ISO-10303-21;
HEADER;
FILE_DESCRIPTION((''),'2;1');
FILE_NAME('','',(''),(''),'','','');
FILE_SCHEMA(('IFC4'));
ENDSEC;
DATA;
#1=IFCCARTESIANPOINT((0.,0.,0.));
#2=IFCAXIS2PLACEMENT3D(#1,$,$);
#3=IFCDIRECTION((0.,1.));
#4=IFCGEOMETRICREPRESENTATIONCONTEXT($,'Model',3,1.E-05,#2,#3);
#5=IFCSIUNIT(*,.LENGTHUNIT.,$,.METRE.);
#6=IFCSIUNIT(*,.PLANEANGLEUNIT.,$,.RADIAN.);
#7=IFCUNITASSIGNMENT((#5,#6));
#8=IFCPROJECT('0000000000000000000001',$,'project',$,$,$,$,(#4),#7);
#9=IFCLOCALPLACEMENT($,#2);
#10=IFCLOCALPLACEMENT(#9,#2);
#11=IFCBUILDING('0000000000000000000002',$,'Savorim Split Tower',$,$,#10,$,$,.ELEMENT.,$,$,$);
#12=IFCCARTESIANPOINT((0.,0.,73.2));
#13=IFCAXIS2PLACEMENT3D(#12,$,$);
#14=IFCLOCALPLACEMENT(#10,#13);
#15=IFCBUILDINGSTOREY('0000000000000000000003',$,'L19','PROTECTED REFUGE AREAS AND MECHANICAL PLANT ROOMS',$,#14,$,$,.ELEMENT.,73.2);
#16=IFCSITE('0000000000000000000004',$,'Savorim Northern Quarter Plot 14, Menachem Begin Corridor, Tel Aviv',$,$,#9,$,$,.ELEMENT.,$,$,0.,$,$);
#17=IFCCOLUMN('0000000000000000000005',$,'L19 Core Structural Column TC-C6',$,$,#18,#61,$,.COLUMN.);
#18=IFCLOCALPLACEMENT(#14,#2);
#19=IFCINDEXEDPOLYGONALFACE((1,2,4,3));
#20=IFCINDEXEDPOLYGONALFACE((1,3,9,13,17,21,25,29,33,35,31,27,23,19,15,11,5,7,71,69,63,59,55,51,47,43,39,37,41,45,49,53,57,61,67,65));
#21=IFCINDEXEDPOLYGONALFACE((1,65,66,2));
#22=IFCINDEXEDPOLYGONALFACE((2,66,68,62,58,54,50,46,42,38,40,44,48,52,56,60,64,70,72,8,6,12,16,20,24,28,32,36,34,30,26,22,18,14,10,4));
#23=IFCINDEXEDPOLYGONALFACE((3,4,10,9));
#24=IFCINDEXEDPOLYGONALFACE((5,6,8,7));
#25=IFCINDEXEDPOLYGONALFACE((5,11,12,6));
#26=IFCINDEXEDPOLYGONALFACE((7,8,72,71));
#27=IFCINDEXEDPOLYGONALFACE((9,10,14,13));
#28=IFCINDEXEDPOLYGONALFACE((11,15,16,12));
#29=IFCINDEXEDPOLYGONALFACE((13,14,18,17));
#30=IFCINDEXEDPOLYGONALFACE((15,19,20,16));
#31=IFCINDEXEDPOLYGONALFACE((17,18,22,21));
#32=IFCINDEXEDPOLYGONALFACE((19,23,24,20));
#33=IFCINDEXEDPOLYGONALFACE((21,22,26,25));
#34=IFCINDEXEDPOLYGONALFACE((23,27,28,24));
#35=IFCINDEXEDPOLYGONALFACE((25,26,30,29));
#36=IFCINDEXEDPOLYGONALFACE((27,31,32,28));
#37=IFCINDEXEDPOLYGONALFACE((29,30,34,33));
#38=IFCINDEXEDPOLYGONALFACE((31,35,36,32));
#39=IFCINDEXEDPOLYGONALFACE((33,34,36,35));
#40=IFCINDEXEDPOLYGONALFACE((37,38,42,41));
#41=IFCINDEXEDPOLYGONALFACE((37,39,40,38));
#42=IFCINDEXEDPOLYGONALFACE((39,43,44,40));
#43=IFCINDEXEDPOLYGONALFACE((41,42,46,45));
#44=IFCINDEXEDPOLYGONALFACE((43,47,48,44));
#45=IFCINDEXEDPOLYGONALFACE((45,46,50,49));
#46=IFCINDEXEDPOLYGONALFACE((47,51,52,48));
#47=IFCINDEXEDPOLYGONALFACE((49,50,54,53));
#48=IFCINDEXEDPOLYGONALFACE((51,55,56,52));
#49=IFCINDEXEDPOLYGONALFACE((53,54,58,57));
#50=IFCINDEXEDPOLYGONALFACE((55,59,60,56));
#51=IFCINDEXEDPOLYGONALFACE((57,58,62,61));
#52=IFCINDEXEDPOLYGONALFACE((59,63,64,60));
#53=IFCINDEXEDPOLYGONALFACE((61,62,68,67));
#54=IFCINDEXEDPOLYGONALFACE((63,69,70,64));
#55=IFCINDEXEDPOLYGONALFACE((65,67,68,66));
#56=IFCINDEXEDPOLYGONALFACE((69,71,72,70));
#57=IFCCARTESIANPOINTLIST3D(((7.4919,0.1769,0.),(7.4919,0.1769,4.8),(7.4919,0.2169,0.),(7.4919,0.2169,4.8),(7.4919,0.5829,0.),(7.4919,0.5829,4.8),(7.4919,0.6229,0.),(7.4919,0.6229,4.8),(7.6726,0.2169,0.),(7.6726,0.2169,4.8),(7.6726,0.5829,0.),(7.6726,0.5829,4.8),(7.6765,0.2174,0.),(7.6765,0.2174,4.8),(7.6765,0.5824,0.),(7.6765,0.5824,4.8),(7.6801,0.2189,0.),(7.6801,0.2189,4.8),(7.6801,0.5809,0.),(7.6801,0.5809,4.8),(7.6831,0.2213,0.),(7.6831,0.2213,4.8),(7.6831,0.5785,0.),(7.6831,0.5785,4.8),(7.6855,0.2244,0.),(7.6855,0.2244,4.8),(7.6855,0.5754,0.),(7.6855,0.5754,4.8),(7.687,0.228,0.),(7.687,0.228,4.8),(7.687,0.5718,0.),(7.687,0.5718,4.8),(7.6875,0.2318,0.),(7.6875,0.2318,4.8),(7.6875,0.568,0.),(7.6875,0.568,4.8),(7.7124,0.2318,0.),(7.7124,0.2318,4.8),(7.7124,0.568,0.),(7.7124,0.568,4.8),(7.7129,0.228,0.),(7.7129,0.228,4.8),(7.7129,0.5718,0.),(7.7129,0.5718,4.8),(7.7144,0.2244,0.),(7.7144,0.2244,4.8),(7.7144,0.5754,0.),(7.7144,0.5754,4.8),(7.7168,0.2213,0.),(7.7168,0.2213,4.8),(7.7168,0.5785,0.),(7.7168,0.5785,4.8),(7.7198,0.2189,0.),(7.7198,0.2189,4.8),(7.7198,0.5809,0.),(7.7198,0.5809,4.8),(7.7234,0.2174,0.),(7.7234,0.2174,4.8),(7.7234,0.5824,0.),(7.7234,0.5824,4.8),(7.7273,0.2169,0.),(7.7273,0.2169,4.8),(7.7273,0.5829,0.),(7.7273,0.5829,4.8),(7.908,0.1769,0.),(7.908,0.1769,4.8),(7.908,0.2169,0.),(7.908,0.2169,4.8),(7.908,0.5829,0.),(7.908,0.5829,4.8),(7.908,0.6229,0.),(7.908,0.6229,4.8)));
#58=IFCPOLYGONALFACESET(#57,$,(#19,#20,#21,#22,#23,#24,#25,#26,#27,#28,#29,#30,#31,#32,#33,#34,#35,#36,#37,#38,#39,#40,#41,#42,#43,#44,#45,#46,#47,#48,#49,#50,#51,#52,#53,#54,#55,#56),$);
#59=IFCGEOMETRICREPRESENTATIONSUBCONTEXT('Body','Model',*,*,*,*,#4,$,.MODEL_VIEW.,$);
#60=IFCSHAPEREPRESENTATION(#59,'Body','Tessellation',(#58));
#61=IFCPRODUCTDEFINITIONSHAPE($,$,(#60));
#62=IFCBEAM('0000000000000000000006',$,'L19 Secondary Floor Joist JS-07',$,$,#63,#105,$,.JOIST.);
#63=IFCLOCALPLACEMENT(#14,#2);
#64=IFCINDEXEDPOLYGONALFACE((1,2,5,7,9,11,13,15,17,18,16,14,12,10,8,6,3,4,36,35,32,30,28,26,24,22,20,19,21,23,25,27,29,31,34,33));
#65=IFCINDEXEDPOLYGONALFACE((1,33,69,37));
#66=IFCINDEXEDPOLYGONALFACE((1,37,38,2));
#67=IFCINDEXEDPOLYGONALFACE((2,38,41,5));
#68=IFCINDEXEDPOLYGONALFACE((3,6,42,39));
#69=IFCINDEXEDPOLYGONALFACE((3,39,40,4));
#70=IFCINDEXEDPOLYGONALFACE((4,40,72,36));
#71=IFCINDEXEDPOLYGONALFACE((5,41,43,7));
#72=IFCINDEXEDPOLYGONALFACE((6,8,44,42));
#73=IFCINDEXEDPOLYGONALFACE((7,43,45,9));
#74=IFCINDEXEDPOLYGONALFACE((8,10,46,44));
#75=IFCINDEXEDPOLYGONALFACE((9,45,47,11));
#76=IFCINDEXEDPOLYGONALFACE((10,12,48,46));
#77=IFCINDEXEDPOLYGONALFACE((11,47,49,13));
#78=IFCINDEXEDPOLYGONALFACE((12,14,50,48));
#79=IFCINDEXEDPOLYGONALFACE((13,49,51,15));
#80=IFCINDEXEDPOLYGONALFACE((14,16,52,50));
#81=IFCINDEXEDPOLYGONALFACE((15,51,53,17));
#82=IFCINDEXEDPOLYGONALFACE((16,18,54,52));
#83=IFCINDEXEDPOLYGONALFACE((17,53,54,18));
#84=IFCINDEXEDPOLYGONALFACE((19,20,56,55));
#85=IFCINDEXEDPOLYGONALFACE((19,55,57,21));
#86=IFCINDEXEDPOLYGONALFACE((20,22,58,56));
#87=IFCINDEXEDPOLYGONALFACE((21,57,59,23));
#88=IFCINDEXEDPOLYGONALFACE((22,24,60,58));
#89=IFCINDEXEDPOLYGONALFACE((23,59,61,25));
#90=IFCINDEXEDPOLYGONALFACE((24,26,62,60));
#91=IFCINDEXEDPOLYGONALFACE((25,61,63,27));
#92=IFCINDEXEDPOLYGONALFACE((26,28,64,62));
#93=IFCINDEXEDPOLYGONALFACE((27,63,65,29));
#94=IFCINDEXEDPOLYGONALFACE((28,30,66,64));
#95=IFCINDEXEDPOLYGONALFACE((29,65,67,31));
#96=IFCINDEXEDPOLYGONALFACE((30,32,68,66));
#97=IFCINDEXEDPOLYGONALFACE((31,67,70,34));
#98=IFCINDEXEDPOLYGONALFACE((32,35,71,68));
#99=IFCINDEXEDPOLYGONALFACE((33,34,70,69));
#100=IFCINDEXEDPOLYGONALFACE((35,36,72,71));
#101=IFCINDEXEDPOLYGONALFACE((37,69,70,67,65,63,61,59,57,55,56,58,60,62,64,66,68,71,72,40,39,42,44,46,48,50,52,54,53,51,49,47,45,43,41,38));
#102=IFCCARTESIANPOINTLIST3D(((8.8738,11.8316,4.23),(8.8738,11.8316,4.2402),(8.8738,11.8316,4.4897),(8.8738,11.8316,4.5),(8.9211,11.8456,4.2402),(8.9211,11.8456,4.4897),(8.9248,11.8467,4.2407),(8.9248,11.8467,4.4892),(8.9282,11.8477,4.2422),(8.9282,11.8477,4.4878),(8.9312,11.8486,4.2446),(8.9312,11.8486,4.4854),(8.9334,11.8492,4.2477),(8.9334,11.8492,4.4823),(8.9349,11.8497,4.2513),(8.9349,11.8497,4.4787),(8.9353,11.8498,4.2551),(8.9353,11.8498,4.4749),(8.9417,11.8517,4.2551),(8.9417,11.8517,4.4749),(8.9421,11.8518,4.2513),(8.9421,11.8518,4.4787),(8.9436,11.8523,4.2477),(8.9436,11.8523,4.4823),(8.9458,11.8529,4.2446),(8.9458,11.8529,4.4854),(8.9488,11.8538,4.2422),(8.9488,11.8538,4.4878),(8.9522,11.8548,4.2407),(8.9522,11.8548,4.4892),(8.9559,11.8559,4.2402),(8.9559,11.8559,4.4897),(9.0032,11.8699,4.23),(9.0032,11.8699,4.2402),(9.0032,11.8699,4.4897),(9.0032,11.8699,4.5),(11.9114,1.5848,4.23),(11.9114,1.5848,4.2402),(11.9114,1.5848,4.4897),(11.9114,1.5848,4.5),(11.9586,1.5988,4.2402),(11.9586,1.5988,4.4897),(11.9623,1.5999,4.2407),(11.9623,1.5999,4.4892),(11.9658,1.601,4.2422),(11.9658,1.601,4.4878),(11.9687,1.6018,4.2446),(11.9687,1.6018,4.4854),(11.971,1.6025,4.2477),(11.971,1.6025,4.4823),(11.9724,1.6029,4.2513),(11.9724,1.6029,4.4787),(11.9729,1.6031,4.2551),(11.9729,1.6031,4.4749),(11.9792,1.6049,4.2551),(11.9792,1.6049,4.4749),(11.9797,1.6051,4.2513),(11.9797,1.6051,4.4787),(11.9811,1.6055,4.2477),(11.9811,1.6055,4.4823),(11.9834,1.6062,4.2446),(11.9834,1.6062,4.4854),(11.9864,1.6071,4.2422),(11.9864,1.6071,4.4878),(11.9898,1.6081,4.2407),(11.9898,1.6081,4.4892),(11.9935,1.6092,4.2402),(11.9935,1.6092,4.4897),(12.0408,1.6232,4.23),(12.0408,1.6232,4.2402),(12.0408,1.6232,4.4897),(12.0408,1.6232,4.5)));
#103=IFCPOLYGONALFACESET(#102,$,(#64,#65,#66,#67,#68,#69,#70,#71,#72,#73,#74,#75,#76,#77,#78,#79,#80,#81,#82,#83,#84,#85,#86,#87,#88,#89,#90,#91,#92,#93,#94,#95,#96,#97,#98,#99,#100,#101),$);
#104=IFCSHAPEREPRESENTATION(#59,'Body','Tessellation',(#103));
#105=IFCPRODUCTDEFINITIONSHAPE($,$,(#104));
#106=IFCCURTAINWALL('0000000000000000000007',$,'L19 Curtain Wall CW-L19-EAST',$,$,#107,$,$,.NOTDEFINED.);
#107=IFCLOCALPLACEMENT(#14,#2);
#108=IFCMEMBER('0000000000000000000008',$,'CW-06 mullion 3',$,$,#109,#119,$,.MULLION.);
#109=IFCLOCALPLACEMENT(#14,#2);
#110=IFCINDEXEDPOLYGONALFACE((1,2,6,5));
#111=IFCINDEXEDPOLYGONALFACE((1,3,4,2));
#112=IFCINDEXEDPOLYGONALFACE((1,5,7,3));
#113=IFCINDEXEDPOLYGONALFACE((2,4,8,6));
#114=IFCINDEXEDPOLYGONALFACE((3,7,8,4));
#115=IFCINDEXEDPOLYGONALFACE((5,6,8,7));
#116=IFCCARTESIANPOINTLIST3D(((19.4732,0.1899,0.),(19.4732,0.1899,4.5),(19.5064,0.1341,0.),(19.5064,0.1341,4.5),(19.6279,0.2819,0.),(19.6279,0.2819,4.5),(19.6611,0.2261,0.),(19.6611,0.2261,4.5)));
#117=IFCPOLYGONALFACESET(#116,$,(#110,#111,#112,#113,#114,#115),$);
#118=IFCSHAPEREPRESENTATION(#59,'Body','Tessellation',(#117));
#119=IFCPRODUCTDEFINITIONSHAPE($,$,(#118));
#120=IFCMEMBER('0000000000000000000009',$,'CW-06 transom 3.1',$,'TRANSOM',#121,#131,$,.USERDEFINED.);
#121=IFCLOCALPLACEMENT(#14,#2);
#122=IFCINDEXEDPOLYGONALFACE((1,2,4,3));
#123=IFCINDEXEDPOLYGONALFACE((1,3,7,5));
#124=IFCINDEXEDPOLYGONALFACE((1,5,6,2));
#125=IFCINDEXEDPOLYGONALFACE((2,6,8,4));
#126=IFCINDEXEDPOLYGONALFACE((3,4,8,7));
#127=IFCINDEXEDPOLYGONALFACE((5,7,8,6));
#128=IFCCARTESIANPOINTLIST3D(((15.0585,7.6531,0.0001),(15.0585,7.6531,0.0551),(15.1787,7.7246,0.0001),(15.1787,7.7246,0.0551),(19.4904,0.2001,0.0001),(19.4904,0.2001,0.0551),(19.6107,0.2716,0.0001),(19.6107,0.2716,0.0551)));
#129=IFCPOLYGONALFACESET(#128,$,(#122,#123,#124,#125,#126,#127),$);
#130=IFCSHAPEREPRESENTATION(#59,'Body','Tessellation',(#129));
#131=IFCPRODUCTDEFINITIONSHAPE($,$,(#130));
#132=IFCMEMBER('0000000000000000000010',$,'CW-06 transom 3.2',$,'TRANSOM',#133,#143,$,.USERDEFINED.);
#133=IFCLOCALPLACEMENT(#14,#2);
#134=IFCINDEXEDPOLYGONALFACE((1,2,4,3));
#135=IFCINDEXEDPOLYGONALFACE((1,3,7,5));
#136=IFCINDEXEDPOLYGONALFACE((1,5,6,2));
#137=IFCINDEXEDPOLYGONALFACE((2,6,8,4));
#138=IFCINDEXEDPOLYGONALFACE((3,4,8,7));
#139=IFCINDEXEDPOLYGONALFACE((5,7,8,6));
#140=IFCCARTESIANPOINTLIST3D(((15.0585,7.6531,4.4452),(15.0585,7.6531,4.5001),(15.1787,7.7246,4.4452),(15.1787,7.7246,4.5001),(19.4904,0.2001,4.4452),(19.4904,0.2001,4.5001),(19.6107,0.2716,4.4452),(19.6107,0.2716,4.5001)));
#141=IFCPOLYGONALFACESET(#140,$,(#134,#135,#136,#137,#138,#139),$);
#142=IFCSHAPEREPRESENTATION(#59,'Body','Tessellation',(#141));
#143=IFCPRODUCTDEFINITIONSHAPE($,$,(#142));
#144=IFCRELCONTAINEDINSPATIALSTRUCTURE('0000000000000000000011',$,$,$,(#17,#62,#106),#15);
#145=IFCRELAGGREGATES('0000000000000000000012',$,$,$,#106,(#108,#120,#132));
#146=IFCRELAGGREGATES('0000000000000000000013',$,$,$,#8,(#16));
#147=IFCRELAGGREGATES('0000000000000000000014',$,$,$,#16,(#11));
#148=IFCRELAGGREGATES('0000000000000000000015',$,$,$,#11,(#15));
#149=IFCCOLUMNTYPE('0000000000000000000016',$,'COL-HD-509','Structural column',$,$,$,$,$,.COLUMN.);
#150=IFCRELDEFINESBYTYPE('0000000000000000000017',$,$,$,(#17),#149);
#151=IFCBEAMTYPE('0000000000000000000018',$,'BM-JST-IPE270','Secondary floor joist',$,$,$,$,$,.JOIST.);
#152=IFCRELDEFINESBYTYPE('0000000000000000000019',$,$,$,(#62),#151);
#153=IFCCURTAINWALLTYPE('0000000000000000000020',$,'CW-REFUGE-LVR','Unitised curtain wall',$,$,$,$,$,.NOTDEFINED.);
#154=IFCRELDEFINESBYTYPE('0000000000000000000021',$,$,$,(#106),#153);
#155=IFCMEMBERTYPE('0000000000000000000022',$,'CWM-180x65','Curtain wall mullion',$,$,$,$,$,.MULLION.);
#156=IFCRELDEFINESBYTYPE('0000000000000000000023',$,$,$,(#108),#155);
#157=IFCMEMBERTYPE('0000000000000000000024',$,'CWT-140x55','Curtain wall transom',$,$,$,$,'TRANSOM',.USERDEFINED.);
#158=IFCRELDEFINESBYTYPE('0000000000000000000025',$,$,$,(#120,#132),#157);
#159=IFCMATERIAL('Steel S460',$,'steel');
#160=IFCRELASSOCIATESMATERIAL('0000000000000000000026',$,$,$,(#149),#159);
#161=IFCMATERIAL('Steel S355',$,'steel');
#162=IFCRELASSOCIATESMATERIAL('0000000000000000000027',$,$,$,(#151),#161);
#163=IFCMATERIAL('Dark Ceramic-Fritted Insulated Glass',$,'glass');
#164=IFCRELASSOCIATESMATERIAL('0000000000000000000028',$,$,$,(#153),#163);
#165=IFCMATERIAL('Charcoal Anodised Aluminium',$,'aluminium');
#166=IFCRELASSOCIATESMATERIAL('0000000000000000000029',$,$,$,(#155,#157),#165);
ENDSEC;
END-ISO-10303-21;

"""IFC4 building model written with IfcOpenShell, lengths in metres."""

from ifc_helpers import new_model, si_unit, direction, frame, origin, origin_2d, place, context, subcontext, project, spatial, rectangle, i_section, extrude, material, material_profile, profile_set, type_object, element, aggregate, save


model = new_model("IFC4")

# Units and contexts
model_context = context("Model", 3, precision=1e-05, world=origin(), true_north=direction((0.0, 1.0)))
body_context = subcontext(model_context, "Body", "Model", "MODEL_VIEW")
ifc_project = project(units=[si_unit("LENGTHUNIT", "METRE"), si_unit("PLANEANGLEUNIT", "RADIAN")], contexts=[model_context])

# Site, building, storey
site_placement = place(None, origin())
site = spatial("IfcSite", under=ifc_project, at=site_placement, Name="Savorim Northern Quarter Plot 14, Menachem Begin Corridor, Tel Aviv", CompositionType="ELEMENT", RefElevation=0.0)
building_placement = place(site_placement, origin())
building = spatial("IfcBuilding", under=site, at=building_placement, Name="Savorim Split Tower", CompositionType="ELEMENT")
storey_placement = place(building_placement, frame((0.0, 0.0, 73.2)))
storey = spatial("IfcBuildingStorey", under=building, at=storey_placement, Name="L19", Description="PROTECTED REFUGE AREAS AND MECHANICAL PLANT ROOMS", CompositionType="ELEMENT", Elevation=73.2)

# Column
ifc_material_1 = material(Name="Steel S460", Category="steel")
ifc_material_profile_1 = material_profile(ifc_material_1, i_section(OverallWidth=0.416, OverallDepth=0.446, WebThickness=0.0249, FlangeThickness=0.04, FilletRadius=0.0149, at=origin_2d()), Name="HD 400x509")
ifc_profile_set_1 = profile_set([ifc_material_profile_1], Name="Steel S460")
column_type = type_object("IfcColumnType", Name="COL-HD-509", Description="Structural column", PredefinedType="COLUMN", material=ifc_profile_set_1)
column_placement = place(storey_placement, frame((7.7, 0.3999, 0.0), z_axis=(0.0, 0.0, 1.0), x_axis=(1.0, 0.0, 0.0)))
element("IfcColumn", 1, at=column_placement, inside=storey, type_object=column_type, Name="L19 Core Structural Column TC-C6", PredefinedType="COLUMN", context=body_context, shape_type="SweptSolid", body=[
    extrude(i_section(OverallWidth=0.416, OverallDepth=0.446, WebThickness=0.0249, FlangeThickness=0.04, FilletRadius=0.0149, at=origin_2d()), origin(), (0.0, 0.0, 1.0), 4.8),
])

# Beam
ifc_material_2 = material(Name="Steel S355", Category="steel")
ifc_material_profile_2 = material_profile(ifc_material_2, i_section(OverallWidth=0.135, OverallDepth=0.27, WebThickness=0.0066, FlangeThickness=0.0103, FilletRadius=0.0149, at=origin_2d()), Name="IPE 270")
ifc_profile_set_2 = profile_set([ifc_material_profile_2], Name="Steel S355")
beam_type = type_object("IfcBeamType", Name="BM-JST-IPE270", Description="Secondary floor joist", PredefinedType="JOIST", material=ifc_profile_set_2)
beam_placement = place(storey_placement, frame((11.9761, 1.604, 4.365), z_axis=(-0.284217, 0.95876, 0.0), x_axis=(-0.95876, -0.284217, 0.0)))
element("IfcBeam", 2, at=beam_placement, inside=storey, type_object=beam_type, Name="L19 Secondary Floor Joist JS-07", PredefinedType="JOIST", context=body_context, shape_type="SweptSolid", body=[
    extrude(i_section(OverallWidth=0.135, OverallDepth=0.27, WebThickness=0.0066, FlangeThickness=0.0103, FilletRadius=0.0149, at=origin_2d()), origin(), (0.0, 0.0, 1.0), 10.6875),
])

# Curtain wall, members
ifc_material_3 = material(Name="Dark Ceramic-Fritted Insulated Glass", Category="glass")
curtain_wall_type = type_object("IfcCurtainWallType", Name="CW-REFUGE-LVR", Description="Unitised curtain wall", PredefinedType="NOTDEFINED", material=ifc_material_3)
curtain_wall_placement = place(storey_placement, origin())
curtain_wall = element("IfcCurtainWall", 3, at=curtain_wall_placement, inside=storey, type_object=curtain_wall_type, Name="L19 Curtain Wall CW-L19-EAST", PredefinedType="NOTDEFINED")
ifc_material_4 = material(Name="Charcoal Anodised Aluminium", Category="aluminium")
ifc_material_profile_3 = material_profile(ifc_material_4, rectangle(XDim=0.1799, YDim=0.0649, at=origin_2d()), Name="ALU-M 180x65")
ifc_profile_set_3 = profile_set([ifc_material_profile_3], Name="Charcoal Anodised Aluminium")
member_type_1 = type_object("IfcMemberType", Name="CWM-180x65", Description="Curtain wall mullion", PredefinedType="MULLION", material=ifc_profile_set_3)
member_1_placement = place(storey_placement, frame((19.5671, 0.208, 0.0), z_axis=(0.0, 0.0, 1.0), x_axis=(-0.859525, -0.511093, 0.0)))
member_1 = element("IfcMember", 4, at=member_1_placement, type_object=member_type_1, Name="CW-06 mullion 3", PredefinedType="MULLION", context=body_context, shape_type="SweptSolid", body=[
    extrude(rectangle(XDim=0.1799, YDim=0.0649, at=origin_2d()), origin(), (0.0, 0.0, 1.0), 4.5),
])
ifc_material_profile_4 = material_profile(ifc_material_4, rectangle(XDim=0.1399, YDim=0.0549, at=origin_2d()), Name="ALU-T 140x55")
ifc_profile_set_4 = profile_set([ifc_material_profile_4], Name="Charcoal Anodised Aluminium")
member_type_2 = type_object("IfcMemberType", Name="CWT-140x55", Description="Curtain wall transom", ElementType="TRANSOM", PredefinedType="USERDEFINED", material=ifc_profile_set_4)
member_2_placement = place(storey_placement, frame((19.5505, 0.2358, 0.0276), z_axis=(-0.511113, 0.859513, 0.0), x_axis=(-0.859513, -0.511113, 0.0)))
member_2 = element("IfcMember", 5, at=member_2_placement, type_object=member_type_2, Name="CW-06 transom 3.1", ObjectType="TRANSOM", PredefinedType="USERDEFINED", context=body_context, shape_type="SweptSolid", body=[
    extrude(rectangle(XDim=0.1399, YDim=0.0549, at=origin_2d()), origin(), (0.0, 0.0, 1.0), 8.6711),
])
member_3_placement = place(storey_placement, frame((19.5505, 0.2358, 4.4727), z_axis=(-0.511113, 0.859513, 0.0), x_axis=(-0.859513, -0.511113, 0.0)))
member_3 = element("IfcMember", 6, at=member_3_placement, type_object=member_type_2, Name="CW-06 transom 3.2", ObjectType="TRANSOM", PredefinedType="USERDEFINED", context=body_context, shape_type="SweptSolid", body=[
    extrude(rectangle(XDim=0.1399, YDim=0.0549, at=origin_2d()), origin(), (0.0, 0.0, 1.0), 8.6711),
])
aggregate(curtain_wall, [member_1, member_2, member_3])

save(model, "model.ifc")
